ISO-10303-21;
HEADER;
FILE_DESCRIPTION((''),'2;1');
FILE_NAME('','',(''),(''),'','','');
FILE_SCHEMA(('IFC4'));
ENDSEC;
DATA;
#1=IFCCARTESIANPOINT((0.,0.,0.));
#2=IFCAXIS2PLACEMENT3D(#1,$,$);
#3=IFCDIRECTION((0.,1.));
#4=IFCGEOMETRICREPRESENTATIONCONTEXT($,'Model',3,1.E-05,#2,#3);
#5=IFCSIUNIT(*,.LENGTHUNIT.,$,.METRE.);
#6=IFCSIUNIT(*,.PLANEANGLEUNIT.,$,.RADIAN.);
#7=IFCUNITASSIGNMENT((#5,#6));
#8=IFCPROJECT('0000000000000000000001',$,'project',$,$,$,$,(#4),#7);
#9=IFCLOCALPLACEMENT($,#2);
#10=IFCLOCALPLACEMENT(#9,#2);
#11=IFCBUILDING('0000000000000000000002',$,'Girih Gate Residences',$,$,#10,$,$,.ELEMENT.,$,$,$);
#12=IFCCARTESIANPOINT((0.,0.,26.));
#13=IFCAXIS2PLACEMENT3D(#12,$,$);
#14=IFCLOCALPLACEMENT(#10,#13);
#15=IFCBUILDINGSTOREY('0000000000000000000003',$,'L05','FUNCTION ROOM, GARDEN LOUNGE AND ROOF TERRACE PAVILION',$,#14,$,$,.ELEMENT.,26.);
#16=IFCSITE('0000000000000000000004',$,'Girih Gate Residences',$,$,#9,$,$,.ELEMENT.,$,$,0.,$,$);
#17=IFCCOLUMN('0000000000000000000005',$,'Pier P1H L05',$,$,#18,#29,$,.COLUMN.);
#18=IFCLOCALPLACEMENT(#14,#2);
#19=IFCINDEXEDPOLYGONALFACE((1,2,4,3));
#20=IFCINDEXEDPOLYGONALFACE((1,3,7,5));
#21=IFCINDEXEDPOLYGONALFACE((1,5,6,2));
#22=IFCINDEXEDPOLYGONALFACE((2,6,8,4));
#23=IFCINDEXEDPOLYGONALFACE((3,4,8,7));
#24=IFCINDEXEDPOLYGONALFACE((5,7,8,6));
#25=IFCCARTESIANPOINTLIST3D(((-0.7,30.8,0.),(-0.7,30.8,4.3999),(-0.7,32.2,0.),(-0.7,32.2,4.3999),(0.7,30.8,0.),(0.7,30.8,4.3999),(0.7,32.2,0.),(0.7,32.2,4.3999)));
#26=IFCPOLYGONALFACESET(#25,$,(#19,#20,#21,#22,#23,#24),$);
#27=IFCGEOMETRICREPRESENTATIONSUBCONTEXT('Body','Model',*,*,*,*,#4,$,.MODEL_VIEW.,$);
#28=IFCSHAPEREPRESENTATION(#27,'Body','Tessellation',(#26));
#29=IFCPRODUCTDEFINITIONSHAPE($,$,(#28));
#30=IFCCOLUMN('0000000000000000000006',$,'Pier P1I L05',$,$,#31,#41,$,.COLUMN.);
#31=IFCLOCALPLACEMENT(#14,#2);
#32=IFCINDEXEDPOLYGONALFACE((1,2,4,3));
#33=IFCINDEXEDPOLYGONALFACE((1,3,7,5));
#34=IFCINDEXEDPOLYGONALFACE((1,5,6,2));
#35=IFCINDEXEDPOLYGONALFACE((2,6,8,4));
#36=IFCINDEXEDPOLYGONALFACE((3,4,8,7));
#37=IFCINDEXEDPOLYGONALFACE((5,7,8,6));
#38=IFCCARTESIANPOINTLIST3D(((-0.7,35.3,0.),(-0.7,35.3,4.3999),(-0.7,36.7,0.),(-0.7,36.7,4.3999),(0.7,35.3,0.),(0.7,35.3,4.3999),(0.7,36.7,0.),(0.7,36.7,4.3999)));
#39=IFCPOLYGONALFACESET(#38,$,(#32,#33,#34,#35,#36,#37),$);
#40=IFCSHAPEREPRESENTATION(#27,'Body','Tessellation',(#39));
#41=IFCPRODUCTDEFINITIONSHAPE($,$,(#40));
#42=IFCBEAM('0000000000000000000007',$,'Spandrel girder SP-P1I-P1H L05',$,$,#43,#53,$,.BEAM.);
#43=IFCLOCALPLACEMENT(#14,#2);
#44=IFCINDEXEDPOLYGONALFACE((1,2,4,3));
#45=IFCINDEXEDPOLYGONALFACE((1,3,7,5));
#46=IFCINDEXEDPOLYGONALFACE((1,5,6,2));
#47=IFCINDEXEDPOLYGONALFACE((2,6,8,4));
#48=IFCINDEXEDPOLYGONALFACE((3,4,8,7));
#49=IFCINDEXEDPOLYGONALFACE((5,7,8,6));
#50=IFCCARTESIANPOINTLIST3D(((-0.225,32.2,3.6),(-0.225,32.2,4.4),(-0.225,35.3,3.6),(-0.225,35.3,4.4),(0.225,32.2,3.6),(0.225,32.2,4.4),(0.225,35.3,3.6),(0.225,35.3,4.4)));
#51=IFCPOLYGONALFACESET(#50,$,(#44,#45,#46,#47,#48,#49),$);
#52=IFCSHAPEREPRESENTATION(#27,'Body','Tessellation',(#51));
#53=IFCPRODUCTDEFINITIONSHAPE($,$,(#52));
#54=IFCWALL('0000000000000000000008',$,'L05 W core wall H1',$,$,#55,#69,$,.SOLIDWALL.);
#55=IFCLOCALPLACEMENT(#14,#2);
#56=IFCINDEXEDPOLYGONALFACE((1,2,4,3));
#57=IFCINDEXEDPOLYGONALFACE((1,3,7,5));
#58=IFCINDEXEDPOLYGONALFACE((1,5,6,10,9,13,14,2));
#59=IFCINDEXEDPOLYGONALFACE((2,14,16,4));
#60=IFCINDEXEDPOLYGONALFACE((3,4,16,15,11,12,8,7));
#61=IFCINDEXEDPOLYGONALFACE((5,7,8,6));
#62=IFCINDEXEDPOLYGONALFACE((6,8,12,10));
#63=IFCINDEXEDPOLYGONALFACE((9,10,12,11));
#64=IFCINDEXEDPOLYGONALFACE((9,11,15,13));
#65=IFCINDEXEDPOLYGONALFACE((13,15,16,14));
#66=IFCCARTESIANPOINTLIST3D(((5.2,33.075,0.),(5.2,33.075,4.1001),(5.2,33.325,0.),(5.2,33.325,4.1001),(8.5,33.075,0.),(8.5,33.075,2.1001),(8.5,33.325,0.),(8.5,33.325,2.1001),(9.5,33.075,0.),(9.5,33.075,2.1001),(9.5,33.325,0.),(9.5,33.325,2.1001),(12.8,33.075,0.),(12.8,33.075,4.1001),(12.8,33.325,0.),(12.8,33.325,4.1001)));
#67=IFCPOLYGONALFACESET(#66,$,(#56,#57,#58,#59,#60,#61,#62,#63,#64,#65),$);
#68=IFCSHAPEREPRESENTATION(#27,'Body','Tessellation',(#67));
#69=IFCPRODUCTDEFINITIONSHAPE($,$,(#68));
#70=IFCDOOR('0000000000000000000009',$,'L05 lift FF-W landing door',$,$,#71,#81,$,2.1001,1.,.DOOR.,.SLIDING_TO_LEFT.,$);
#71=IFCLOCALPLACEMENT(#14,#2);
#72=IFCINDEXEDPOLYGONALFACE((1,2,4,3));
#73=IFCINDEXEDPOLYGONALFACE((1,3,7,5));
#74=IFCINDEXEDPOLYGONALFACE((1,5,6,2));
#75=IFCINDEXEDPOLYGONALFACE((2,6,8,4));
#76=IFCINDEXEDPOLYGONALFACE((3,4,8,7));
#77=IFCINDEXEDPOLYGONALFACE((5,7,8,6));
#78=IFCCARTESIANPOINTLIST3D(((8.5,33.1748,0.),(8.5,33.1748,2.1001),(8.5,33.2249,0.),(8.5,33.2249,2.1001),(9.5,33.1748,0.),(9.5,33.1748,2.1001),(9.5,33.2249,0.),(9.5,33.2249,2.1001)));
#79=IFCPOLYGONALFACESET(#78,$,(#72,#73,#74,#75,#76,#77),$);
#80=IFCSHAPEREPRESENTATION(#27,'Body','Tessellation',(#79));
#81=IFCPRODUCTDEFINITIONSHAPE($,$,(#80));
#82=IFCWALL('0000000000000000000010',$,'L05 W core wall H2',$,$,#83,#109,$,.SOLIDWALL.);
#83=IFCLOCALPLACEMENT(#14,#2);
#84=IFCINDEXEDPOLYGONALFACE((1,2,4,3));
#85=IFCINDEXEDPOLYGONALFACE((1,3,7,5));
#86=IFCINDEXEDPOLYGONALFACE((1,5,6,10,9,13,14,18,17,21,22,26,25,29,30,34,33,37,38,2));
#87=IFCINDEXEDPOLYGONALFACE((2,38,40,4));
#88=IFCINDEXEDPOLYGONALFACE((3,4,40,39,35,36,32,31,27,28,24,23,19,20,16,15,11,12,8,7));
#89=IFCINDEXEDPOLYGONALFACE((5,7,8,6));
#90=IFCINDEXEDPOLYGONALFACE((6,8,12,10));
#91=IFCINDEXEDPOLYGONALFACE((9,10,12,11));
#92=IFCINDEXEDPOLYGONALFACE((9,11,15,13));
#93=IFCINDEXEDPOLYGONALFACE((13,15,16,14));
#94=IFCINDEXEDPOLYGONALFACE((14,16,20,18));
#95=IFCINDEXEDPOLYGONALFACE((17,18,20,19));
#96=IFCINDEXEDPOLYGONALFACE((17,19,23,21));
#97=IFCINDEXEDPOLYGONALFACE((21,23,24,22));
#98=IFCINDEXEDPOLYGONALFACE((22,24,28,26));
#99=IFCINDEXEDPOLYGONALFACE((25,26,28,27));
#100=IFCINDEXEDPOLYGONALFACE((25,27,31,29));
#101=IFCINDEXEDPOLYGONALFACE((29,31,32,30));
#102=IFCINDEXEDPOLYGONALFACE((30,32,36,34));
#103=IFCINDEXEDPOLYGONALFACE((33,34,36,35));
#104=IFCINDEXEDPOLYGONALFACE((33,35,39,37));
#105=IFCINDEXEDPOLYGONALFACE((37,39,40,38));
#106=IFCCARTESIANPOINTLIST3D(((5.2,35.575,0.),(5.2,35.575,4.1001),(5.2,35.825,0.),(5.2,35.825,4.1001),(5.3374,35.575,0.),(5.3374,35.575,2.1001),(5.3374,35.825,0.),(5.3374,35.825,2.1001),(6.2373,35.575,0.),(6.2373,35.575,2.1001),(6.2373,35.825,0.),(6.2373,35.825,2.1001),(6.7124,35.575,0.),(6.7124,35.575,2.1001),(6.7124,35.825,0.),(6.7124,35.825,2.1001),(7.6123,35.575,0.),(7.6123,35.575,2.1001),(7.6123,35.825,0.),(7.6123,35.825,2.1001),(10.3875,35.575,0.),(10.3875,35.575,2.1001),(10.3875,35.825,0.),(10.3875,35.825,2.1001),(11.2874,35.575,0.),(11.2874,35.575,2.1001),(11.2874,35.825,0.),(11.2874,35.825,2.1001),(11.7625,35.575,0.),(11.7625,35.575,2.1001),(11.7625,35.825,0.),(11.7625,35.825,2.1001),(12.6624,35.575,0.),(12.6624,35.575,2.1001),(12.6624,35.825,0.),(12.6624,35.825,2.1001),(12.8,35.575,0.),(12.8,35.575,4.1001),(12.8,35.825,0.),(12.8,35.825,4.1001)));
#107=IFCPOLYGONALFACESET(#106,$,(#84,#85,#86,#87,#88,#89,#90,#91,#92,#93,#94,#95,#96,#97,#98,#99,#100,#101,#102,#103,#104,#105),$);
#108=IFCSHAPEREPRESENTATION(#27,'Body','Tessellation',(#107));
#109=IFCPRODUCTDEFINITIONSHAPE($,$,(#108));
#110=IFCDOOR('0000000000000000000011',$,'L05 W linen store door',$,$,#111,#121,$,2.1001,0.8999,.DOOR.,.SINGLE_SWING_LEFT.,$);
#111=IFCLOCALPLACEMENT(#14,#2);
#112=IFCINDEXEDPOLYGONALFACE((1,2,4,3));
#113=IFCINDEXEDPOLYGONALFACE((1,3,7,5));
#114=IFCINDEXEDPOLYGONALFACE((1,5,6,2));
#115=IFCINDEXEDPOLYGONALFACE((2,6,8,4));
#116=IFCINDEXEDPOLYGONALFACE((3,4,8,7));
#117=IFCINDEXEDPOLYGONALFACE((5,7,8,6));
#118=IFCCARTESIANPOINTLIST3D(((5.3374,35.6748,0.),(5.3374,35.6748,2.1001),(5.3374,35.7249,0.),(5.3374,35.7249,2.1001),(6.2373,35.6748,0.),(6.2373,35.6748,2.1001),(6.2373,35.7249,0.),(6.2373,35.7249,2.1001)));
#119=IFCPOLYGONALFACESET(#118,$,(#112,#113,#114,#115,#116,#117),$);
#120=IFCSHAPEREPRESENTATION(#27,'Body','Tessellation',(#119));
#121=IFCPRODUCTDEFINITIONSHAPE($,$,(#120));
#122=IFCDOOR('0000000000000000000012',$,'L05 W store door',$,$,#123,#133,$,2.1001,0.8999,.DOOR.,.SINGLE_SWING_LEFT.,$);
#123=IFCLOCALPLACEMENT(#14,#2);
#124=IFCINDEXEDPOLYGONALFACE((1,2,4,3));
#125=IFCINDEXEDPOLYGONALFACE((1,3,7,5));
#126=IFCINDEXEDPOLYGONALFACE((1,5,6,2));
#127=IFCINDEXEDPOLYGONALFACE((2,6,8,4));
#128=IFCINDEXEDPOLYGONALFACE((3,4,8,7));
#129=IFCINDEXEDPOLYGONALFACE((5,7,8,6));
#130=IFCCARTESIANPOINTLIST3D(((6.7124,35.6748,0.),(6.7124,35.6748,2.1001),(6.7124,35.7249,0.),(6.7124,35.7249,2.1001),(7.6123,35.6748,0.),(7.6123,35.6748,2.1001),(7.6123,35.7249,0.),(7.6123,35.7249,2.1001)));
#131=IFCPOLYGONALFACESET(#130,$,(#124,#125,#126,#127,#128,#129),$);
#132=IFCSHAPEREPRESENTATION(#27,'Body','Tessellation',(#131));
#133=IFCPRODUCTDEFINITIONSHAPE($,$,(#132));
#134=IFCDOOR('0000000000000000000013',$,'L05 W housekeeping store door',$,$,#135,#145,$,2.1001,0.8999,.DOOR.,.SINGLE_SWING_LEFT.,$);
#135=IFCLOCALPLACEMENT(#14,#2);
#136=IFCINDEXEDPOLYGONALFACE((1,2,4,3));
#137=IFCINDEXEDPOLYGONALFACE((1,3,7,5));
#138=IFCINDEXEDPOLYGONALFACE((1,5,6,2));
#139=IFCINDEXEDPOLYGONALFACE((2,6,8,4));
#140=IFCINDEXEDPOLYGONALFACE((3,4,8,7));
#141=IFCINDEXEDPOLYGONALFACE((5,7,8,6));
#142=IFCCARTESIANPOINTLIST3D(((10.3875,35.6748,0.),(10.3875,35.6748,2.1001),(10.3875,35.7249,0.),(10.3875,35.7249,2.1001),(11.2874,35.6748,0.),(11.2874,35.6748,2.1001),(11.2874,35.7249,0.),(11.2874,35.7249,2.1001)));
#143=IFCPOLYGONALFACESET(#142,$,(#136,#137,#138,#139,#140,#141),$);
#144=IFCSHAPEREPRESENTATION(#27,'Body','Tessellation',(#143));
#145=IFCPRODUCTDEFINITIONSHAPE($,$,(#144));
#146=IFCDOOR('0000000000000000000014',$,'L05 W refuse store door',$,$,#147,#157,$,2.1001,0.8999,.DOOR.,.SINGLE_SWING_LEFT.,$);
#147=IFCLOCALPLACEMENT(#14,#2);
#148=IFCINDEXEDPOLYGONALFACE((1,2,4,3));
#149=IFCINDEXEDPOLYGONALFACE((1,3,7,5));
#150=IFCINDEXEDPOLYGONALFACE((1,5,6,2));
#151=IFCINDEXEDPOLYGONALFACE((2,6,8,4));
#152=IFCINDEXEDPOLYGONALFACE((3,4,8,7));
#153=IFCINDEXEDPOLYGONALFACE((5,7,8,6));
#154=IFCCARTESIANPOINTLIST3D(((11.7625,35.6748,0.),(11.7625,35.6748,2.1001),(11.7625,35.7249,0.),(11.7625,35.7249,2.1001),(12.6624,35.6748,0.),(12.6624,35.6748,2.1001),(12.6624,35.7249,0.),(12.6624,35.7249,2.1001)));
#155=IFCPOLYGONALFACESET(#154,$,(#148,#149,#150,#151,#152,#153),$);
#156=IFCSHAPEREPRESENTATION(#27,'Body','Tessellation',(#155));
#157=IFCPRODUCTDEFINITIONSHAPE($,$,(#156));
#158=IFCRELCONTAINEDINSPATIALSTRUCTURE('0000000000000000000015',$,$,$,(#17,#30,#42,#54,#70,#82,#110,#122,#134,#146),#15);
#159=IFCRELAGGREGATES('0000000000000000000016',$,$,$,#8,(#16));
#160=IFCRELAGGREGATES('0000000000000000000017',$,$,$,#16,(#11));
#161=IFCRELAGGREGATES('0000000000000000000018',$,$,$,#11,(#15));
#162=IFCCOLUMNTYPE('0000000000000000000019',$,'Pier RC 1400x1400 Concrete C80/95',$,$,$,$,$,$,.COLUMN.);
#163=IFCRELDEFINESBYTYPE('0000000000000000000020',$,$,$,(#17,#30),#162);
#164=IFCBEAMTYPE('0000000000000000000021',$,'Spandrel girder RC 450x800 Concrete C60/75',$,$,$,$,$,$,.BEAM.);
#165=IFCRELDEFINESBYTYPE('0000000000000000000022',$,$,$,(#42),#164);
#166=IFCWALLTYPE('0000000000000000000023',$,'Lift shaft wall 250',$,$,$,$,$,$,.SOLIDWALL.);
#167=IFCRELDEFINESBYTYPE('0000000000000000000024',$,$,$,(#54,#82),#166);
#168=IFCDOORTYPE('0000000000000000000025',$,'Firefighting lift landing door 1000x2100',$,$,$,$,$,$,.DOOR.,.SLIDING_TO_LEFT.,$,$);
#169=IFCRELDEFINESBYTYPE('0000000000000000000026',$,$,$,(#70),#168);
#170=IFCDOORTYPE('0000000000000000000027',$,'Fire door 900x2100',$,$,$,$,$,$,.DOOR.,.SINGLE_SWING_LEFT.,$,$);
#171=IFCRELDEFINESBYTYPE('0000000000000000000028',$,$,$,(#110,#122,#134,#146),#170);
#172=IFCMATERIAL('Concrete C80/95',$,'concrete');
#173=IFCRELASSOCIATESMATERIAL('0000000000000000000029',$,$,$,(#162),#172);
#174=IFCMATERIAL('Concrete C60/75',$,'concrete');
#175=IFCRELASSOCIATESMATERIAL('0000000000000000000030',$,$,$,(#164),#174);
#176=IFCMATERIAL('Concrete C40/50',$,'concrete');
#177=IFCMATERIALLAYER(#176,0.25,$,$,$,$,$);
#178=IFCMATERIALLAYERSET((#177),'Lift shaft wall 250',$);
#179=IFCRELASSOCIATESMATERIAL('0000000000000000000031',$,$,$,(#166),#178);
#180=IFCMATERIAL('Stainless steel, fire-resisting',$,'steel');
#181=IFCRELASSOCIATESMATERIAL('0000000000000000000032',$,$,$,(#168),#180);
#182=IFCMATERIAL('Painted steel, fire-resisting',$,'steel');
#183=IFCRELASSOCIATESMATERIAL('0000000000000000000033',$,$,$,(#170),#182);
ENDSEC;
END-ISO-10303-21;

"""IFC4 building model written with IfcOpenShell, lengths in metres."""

from ifc_helpers import new_model, si_unit, direction, frame, frame_2d, origin, origin_2d, place, context, subcontext, project, spatial, rectangle, extrude, material, layer, layer_set, material_profile, profile_set, type_object, element, fill, save


model = new_model("IFC4")

# Units and contexts
model_context = context("Model", 3, precision=1e-05, world=origin(), true_north=direction((0.0, 1.0)))
body_context = subcontext(model_context, "Body", "Model", "MODEL_VIEW")
ifc_project = project(units=[si_unit("LENGTHUNIT", "METRE"), si_unit("PLANEANGLEUNIT", "RADIAN")], contexts=[model_context])

# Site, building, storey
site_placement = place(None, origin())
site = spatial("IfcSite", under=ifc_project, at=site_placement, Name="Girih Gate Residences", CompositionType="ELEMENT", RefElevation=0.0)
building_placement = place(site_placement, origin())
building = spatial("IfcBuilding", under=site, at=building_placement, Name="Girih Gate Residences", CompositionType="ELEMENT")
storey_placement = place(building_placement, frame((0.0, 0.0, 26.0)))
storey = spatial("IfcBuildingStorey", under=building, at=storey_placement, Name="L05", Description="FUNCTION ROOM, GARDEN LOUNGE AND ROOF TERRACE PAVILION", CompositionType="ELEMENT", Elevation=26.0)

# Columns
ifc_material_1 = material(Name="Concrete C80/95", Category="concrete")
ifc_material_profile_1 = material_profile(ifc_material_1, rectangle(XDim=1.3999, YDim=1.3999, at=origin_2d()))
ifc_profile_set_1 = profile_set([ifc_material_profile_1], Name="Concrete C80/95")
column_type = type_object("IfcColumnType", Name="Pier RC 1400x1400 Concrete C80/95", PredefinedType="COLUMN", material=ifc_profile_set_1)
for number, where, z_axis, x_axis, name in (
    (1, (0.0, 31.5, 0.0), (0.0, 0.0, 1.0), (1.0, 0.0, 0.0), "Pier P1H L05"),
    (2, (0.0, 36.0, 0.0), (0.0, 0.0, 1.0), (1.0, 0.0, 0.0), "Pier P1I L05"),
):
    element("IfcColumn", number, at=place(storey_placement, frame(where, z_axis=z_axis, x_axis=x_axis)), inside=storey, type_object=column_type, Name=name, PredefinedType="COLUMN", context=body_context, shape_type="SweptSolid", body=[
        extrude(rectangle(XDim=1.3999, YDim=1.3999, at=origin_2d()), origin(), (0.0, 0.0, 1.0), 4.3999),
    ])

# Beam
ifc_material_2 = material(Name="Concrete C60/75", Category="concrete")
ifc_material_profile_2 = material_profile(ifc_material_2, rectangle(XDim=0.45, YDim=0.8, at=origin_2d()))
ifc_profile_set_2 = profile_set([ifc_material_profile_2], Name="Concrete C60/75")
beam_type = type_object("IfcBeamType", Name="Spandrel girder RC 450x800 Concrete C60/75", PredefinedType="BEAM", material=ifc_profile_set_2)
beam_placement = place(storey_placement, frame((0.0, 35.3, 4.0), z_axis=(0.0, -1.0, 0.0), x_axis=(1.0, 0.0, 0.0)))
element("IfcBeam", 3, at=beam_placement, inside=storey, type_object=beam_type, Name="Spandrel girder SP-P1I-P1H L05", PredefinedType="BEAM", context=body_context, shape_type="SweptSolid", body=[
    extrude(rectangle(XDim=0.45, YDim=0.8, at=origin_2d()), origin(), (0.0, 0.0, 1.0), 3.1001),
])

# Wall, opening, door
ifc_material_3 = material(Name="Concrete C40/50", Category="concrete")
ifc_layer_1 = layer(ifc_material_3, 0.25)
ifc_layer_set_1 = layer_set([ifc_layer_1], Name="Lift shaft wall 250")
wall_type_1 = type_object("IfcWallType", Name="Lift shaft wall 250", PredefinedType="SOLIDWALL", material=ifc_layer_set_1)
wall_1_placement = place(storey_placement, frame((5.2, 33.2, 0.0), z_axis=(0.0, 0.0, 1.0), x_axis=(1.0, 0.0, 0.0)))
wall_1 = element("IfcWall", 4, at=wall_1_placement, inside=storey, type_object=wall_type_1, Name="L05 W core wall H1", PredefinedType="SOLIDWALL", context=body_context, shape_type="SweptSolid", body=[
    extrude(rectangle(XDim=7.6001, YDim=0.25, at=frame_2d((3.8, 0.0))), origin(), (0.0, 0.0, 1.0), 4.1001),
])
opening_1_placement = place(wall_1_placement, frame((3.3, 0.0, 0.0)))
opening_1 = element("IfcOpeningElement", 5, at=opening_1_placement, cuts=wall_1, PredefinedType="OPENING", context=body_context, shape_type="SweptSolid", body=[
    extrude(rectangle(XDim=1.0, YDim=2.1001, at=frame_2d((0.5, 1.05))), frame((0.0, 0.135, 0.0), z_axis=(0.0, -1.0, 0.0), x_axis=(1.0, 0.0, 0.0)), (0.0, 0.0, 1.0), 0.27),
])
ifc_material_4 = material(Name="Stainless steel, fire-resisting", Category="steel")
door_type_1 = type_object("IfcDoorType", Name="Firefighting lift landing door 1000x2100", OperationType="SLIDING_TO_LEFT", PredefinedType="DOOR", material=ifc_material_4)
door_1_placement = place(opening_1_placement, origin())
door_1 = element("IfcDoor", 6, at=door_1_placement, inside=storey, type_object=door_type_1, Name="L05 lift FF-W landing door", OperationType="SLIDING_TO_LEFT", OverallHeight=2.1001, OverallWidth=1.0, PredefinedType="DOOR", context=body_context, shape_type="SweptSolid", body=[
    extrude(rectangle(XDim=1.0, YDim=2.1001, at=frame_2d((0.5, 1.05))), frame((0.0, 0.0249, 0.0), z_axis=(0.0, -1.0, 0.0), x_axis=(1.0, 0.0, 0.0)), (0.0, 0.0, 1.0), 0.05),
])
fill(opening_1, door_1)

# Wall, openings, doors
wall_2_placement = place(storey_placement, frame((5.2, 35.7, 0.0), z_axis=(0.0, 0.0, 1.0), x_axis=(1.0, 0.0, 0.0)))
wall_2 = element("IfcWall", 7, at=wall_2_placement, inside=storey, type_object=wall_type_1, Name="L05 W core wall H2", PredefinedType="SOLIDWALL", context=body_context, shape_type="SweptSolid", body=[
    extrude(rectangle(XDim=7.6001, YDim=0.25, at=frame_2d((3.8, 0.0))), origin(), (0.0, 0.0, 1.0), 4.1001),
])
opening_2_placement = place(wall_2_placement, frame((0.1375, 0.0, 0.0)))
opening_2 = element("IfcOpeningElement", 8, at=opening_2_placement, cuts=wall_2, PredefinedType="OPENING", context=body_context, shape_type="SweptSolid", body=[
    extrude(rectangle(XDim=0.8999, YDim=2.1001, at=frame_2d((0.45, 1.05))), frame((0.0, 0.135, 0.0), z_axis=(0.0, -1.0, 0.0), x_axis=(1.0, 0.0, 0.0)), (0.0, 0.0, 1.0), 0.27),
])
opening_3_placement = place(wall_2_placement, frame((1.5125, 0.0, 0.0)))
opening_3 = element("IfcOpeningElement", 9, at=opening_3_placement, cuts=wall_2, PredefinedType="OPENING", context=body_context, shape_type="SweptSolid", body=[
    extrude(rectangle(XDim=0.8999, YDim=2.1001, at=frame_2d((0.45, 1.05))), frame((0.0, 0.135, 0.0), z_axis=(0.0, -1.0, 0.0), x_axis=(1.0, 0.0, 0.0)), (0.0, 0.0, 1.0), 0.27),
])
opening_4_placement = place(wall_2_placement, frame((5.1875, 0.0, 0.0)))
opening_4 = element("IfcOpeningElement", 10, at=opening_4_placement, cuts=wall_2, PredefinedType="OPENING", context=body_context, shape_type="SweptSolid", body=[
    extrude(rectangle(XDim=0.8999, YDim=2.1001, at=frame_2d((0.45, 1.05))), frame((0.0, 0.135, 0.0), z_axis=(0.0, -1.0, 0.0), x_axis=(1.0, 0.0, 0.0)), (0.0, 0.0, 1.0), 0.27),
])
opening_5_placement = place(wall_2_placement, frame((6.5625, 0.0, 0.0)))
opening_5 = element("IfcOpeningElement", 11, at=opening_5_placement, cuts=wall_2, PredefinedType="OPENING", context=body_context, shape_type="SweptSolid", body=[
    extrude(rectangle(XDim=0.8999, YDim=2.1001, at=frame_2d((0.45, 1.05))), frame((0.0, 0.135, 0.0), z_axis=(0.0, -1.0, 0.0), x_axis=(1.0, 0.0, 0.0)), (0.0, 0.0, 1.0), 0.27),
])
ifc_material_5 = material(Name="Painted steel, fire-resisting", Category="steel")
door_type_2 = type_object("IfcDoorType", Name="Fire door 900x2100", OperationType="SINGLE_SWING_LEFT", PredefinedType="DOOR", material=ifc_material_5)
door_2_placement = place(opening_2_placement, origin())
door_2 = element("IfcDoor", 12, at=door_2_placement, inside=storey, type_object=door_type_2, Name="L05 W linen store door", OperationType="SINGLE_SWING_LEFT", OverallHeight=2.1001, OverallWidth=0.8999, PredefinedType="DOOR", context=body_context, shape_type="SweptSolid", body=[
    extrude(rectangle(XDim=0.8999, YDim=2.1001, at=frame_2d((0.45, 1.05))), frame((0.0, 0.0249, 0.0), z_axis=(0.0, -1.0, 0.0), x_axis=(1.0, 0.0, 0.0)), (0.0, 0.0, 1.0), 0.05),
])
fill(opening_2, door_2)
door_3_placement = place(opening_3_placement, origin())
door_3 = element("IfcDoor", 13, at=door_3_placement, inside=storey, type_object=door_type_2, Name="L05 W store door", OperationType="SINGLE_SWING_LEFT", OverallHeight=2.1001, OverallWidth=0.8999, PredefinedType="DOOR", context=body_context, shape_type="SweptSolid", body=[
    extrude(rectangle(XDim=0.8999, YDim=2.1001, at=frame_2d((0.45, 1.05))), frame((0.0, 0.0249, 0.0), z_axis=(0.0, -1.0, 0.0), x_axis=(1.0, 0.0, 0.0)), (0.0, 0.0, 1.0), 0.05),
])
fill(opening_3, door_3)
door_4_placement = place(opening_4_placement, origin())
door_4 = element("IfcDoor", 14, at=door_4_placement, inside=storey, type_object=door_type_2, Name="L05 W housekeeping store door", OperationType="SINGLE_SWING_LEFT", OverallHeight=2.1001, OverallWidth=0.8999, PredefinedType="DOOR", context=body_context, shape_type="SweptSolid", body=[
    extrude(rectangle(XDim=0.8999, YDim=2.1001, at=frame_2d((0.45, 1.05))), frame((0.0, 0.0249, 0.0), z_axis=(0.0, -1.0, 0.0), x_axis=(1.0, 0.0, 0.0)), (0.0, 0.0, 1.0), 0.05),
])
fill(opening_4, door_4)
door_5_placement = place(opening_5_placement, origin())
door_5 = element("IfcDoor", 15, at=door_5_placement, inside=storey, type_object=door_type_2, Name="L05 W refuse store door", OperationType="SINGLE_SWING_LEFT", OverallHeight=2.1001, OverallWidth=0.8999, PredefinedType="DOOR", context=body_context, shape_type="SweptSolid", body=[
    extrude(rectangle(XDim=0.8999, YDim=2.1001, at=frame_2d((0.45, 1.05))), frame((0.0, 0.0249, 0.0), z_axis=(0.0, -1.0, 0.0), x_axis=(1.0, 0.0, 0.0)), (0.0, 0.0, 1.0), 0.05),
])
fill(opening_5, door_5)

save(model, "model.ifc")
